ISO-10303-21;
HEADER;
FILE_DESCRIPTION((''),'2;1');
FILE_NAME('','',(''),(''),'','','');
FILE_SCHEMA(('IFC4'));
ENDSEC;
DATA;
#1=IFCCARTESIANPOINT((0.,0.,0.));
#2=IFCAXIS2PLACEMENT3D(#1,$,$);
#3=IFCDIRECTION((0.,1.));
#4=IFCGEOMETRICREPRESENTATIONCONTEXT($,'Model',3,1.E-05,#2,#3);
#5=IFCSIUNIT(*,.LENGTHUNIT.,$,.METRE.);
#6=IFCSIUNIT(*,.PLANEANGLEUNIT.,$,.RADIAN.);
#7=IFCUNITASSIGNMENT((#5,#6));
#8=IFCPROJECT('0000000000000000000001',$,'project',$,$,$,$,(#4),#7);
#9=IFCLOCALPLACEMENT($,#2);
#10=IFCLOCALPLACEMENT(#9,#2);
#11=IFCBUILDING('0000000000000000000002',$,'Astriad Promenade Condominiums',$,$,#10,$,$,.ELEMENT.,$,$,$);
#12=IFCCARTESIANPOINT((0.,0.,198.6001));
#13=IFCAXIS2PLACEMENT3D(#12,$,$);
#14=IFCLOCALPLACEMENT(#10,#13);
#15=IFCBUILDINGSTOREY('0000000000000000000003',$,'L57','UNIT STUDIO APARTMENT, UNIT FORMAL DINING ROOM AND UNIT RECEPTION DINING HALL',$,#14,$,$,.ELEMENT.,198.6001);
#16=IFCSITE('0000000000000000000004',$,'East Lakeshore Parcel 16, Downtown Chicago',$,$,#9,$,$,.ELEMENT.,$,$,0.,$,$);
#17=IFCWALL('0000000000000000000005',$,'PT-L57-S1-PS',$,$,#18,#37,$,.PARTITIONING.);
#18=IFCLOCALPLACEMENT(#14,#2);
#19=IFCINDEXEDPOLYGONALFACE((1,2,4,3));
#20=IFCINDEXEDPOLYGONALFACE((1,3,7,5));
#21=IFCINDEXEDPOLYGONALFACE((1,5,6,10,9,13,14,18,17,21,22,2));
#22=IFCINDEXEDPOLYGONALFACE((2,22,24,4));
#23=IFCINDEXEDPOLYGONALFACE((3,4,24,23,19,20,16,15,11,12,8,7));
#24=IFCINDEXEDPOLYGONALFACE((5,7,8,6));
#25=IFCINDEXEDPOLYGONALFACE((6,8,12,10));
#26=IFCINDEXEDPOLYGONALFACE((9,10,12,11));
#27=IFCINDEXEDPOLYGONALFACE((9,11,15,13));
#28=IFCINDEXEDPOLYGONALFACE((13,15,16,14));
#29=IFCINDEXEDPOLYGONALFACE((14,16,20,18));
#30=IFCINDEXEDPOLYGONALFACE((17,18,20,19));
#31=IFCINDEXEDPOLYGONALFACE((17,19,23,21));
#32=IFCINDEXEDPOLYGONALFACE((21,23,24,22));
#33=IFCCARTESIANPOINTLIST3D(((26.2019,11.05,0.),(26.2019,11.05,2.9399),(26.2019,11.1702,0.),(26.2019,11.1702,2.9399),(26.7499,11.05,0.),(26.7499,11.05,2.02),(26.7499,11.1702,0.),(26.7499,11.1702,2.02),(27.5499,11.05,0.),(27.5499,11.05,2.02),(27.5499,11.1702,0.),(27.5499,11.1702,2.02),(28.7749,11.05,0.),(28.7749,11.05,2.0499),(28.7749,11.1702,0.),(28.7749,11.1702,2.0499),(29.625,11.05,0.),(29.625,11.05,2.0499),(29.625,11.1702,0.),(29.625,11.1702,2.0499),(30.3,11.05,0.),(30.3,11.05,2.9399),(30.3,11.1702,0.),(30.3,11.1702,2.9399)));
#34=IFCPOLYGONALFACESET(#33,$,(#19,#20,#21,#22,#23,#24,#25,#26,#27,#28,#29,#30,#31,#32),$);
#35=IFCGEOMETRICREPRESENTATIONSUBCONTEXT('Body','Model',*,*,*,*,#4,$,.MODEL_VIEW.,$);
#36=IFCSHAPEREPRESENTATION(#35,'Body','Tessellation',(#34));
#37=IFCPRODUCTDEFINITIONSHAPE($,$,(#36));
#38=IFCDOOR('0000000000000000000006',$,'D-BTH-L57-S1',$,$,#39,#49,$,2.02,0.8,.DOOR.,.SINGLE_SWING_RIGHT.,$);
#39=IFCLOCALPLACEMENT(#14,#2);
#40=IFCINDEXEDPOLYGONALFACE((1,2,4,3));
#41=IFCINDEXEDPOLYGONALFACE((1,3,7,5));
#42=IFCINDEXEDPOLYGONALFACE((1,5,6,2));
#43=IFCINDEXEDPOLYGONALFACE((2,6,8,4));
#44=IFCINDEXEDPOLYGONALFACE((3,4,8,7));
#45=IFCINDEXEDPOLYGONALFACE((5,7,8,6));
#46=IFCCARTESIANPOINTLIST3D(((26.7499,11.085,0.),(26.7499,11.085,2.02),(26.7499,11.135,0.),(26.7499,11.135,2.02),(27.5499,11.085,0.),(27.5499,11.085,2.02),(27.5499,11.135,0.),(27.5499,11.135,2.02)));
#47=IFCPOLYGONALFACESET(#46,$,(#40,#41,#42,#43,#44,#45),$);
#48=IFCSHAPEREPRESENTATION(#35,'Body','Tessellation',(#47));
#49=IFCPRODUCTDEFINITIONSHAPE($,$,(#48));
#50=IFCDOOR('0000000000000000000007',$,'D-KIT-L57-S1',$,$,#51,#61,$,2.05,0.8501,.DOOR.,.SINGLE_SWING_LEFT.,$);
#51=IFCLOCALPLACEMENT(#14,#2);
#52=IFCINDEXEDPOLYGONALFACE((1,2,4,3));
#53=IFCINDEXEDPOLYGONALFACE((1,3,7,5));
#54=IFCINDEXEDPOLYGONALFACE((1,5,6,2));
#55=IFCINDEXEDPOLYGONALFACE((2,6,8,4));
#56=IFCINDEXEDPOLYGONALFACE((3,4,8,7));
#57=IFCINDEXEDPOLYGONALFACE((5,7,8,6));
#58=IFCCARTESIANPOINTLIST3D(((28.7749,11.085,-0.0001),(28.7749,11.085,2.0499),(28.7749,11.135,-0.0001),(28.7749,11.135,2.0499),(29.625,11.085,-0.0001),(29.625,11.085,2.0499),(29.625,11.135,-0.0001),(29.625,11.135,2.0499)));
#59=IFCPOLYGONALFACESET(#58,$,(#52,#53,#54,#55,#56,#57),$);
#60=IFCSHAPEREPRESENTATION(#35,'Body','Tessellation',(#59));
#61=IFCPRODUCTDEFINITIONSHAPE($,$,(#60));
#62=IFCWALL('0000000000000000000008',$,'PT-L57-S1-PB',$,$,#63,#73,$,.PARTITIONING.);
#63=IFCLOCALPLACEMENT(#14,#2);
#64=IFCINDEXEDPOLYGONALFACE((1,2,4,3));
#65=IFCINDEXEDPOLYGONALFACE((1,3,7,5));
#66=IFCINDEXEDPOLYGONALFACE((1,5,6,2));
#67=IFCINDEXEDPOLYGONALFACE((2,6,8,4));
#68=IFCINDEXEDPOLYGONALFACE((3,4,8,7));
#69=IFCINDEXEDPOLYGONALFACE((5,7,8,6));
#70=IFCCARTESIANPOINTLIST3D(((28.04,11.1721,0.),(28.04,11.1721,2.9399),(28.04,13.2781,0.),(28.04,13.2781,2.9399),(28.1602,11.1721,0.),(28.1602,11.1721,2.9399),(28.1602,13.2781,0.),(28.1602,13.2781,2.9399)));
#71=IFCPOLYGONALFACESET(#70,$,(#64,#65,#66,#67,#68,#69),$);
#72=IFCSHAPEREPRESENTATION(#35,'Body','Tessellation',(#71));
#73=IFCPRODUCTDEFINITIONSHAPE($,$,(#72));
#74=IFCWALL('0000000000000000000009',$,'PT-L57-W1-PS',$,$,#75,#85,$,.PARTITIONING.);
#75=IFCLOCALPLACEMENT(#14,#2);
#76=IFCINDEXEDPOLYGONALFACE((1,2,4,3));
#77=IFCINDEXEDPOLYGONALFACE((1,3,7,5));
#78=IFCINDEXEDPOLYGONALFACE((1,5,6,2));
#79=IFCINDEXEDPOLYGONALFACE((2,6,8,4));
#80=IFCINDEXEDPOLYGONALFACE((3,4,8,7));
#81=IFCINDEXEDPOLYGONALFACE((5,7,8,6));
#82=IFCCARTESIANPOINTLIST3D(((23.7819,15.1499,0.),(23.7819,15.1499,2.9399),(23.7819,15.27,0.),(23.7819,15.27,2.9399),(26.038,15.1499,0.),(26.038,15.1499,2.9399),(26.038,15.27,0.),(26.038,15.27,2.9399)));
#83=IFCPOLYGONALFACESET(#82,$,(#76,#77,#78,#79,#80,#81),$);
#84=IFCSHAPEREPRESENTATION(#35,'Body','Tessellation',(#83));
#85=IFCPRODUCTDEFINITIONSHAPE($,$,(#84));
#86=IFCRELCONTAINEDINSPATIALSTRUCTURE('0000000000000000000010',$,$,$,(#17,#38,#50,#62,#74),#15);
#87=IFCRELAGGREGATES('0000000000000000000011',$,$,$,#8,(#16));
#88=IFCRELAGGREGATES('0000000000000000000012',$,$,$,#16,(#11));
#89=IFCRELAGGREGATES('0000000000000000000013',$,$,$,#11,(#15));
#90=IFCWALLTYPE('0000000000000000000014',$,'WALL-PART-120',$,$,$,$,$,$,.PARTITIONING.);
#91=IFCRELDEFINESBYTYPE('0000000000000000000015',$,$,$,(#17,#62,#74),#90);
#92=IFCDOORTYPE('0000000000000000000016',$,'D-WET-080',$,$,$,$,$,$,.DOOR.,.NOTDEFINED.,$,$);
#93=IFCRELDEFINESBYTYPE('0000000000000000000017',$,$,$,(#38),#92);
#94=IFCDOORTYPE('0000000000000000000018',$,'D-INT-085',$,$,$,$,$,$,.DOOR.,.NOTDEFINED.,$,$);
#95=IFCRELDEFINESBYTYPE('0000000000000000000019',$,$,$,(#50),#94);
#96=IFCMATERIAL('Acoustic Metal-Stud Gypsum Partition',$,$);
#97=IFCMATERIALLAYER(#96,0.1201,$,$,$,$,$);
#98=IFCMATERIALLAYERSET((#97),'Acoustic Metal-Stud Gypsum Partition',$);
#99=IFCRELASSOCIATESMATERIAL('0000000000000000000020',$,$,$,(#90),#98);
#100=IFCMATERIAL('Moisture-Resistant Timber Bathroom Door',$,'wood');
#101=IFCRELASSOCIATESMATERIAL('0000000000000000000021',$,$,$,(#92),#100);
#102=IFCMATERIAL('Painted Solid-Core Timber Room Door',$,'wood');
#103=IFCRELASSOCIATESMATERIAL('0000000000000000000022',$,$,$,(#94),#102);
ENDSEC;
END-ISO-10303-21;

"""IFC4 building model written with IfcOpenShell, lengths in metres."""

from ifc_helpers import new_model, si_unit, direction, frame, frame_2d, origin, place, context, subcontext, project, spatial, rectangle, extrude, source, transform, mapped, material, layer, layer_set, type_object, type_shapes, element, fill, save


model = new_model("IFC4")

# Units and contexts
model_context = context("Model", 3, precision=1e-05, world=origin(), true_north=direction((0.0, 1.0)))
body_context = subcontext(model_context, "Body", "Model", "MODEL_VIEW")
ifc_project = project(units=[si_unit("LENGTHUNIT", "METRE"), si_unit("PLANEANGLEUNIT", "RADIAN")], contexts=[model_context])

# Site, building, storey
site_placement = place(None, origin())
site = spatial("IfcSite", under=ifc_project, at=site_placement, Name="East Lakeshore Parcel 16, Downtown Chicago", CompositionType="ELEMENT", RefElevation=0.0)
building_placement = place(site_placement, origin())
building = spatial("IfcBuilding", under=site, at=building_placement, Name="Astriad Promenade Condominiums", CompositionType="ELEMENT")
storey_placement = place(building_placement, frame((0.0, 0.0, 198.6001)))
storey = spatial("IfcBuildingStorey", under=building, at=storey_placement, Name="L57", Description="UNIT STUDIO APARTMENT, UNIT FORMAL DINING ROOM AND UNIT RECEPTION DINING HALL", CompositionType="ELEMENT", Elevation=198.6001)

# Wall, openings, doors
ifc_material_1 = material(Name="Acoustic Metal-Stud Gypsum Partition")
ifc_layer_1 = layer(ifc_material_1, 0.1201)
ifc_layer_set_1 = layer_set([ifc_layer_1], Name="Acoustic Metal-Stud Gypsum Partition")
wall_type_1 = type_object("IfcWallType", Name="WALL-PART-120", PredefinedType="PARTITIONING", material=ifc_layer_set_1)
wall_1_placement = place(storey_placement, frame((26.2019, 11.1101, 0.0), z_axis=(0.0, 0.0, 1.0), x_axis=(1.0, 0.0, 0.0)))
wall_1 = element("IfcWall", 1, at=wall_1_placement, inside=storey, type_object=wall_type_1, Name="PT-L57-S1-PS", PredefinedType="PARTITIONING", context=body_context, shape_type="SweptSolid", body=[
    extrude(rectangle(XDim=4.0981, YDim=0.1201, at=frame_2d((2.0491, 0.0))), origin(), (0.0, 0.0, 1.0), 2.9399),
])
opening_1_placement = place(wall_1_placement, frame((0.5481, 0.0, 0.0)))
opening_1 = element("IfcOpeningElement", 2, at=opening_1_placement, cuts=wall_1, PredefinedType="OPENING", context=body_context, shape_type="SweptSolid", body=[
    extrude(rectangle(XDim=0.8, YDim=2.02, at=frame_2d((0.3999, 1.01))), frame((0.0, 0.0701, 0.0), z_axis=(0.0, -1.0, 0.0), x_axis=(1.0, 0.0, 0.0)), (0.0, 0.0, 1.0), 0.1401),
])
opening_2_placement = place(wall_1_placement, frame((2.573, 0.0, 0.0)))
opening_2 = element("IfcOpeningElement", 3, at=opening_2_placement, cuts=wall_1, PredefinedType="OPENING", context=body_context, shape_type="SweptSolid", body=[
    extrude(rectangle(XDim=0.8501, YDim=2.05, at=frame_2d((0.425, 1.0249))), frame((0.0, 0.0701, 0.0), z_axis=(0.0, -1.0, 0.0), x_axis=(1.0, 0.0, 0.0)), (0.0, 0.0, 1.0), 0.1401),
])
ifc_material_2 = material(Name="Moisture-Resistant Timber Bathroom Door", Category="wood")
door_type_1 = type_object("IfcDoorType", Name="D-WET-080", OperationType="NOTDEFINED", PredefinedType="DOOR", material=ifc_material_2)
shared_shape_1 = source(origin(), body_context, "Body", "SweptSolid", [
    extrude(rectangle(XDim=0.8, YDim=2.02, at=frame_2d((0.3999, 1.01))), frame((0.0, 0.0249, 0.0), z_axis=(0.0, -1.0, 0.0), x_axis=(1.0, 0.0, 0.0)), (0.0, 0.0, 1.0), 0.05),
])
type_shapes(door_type_1, [shared_shape_1])
door_1_placement = place(opening_1_placement, origin())
door_1 = element("IfcDoor", 4, at=door_1_placement, inside=storey, type_object=door_type_1, Name="D-BTH-L57-S1", OperationType="SINGLE_SWING_RIGHT", OverallHeight=2.02, OverallWidth=0.8, PredefinedType="DOOR", context=body_context, shape_type="MappedRepresentation", body=[
    mapped(shared_shape_1, transform((0.0, 0.0, 0.0), scale=1.0)),
])
fill(opening_1, door_1)
ifc_material_3 = material(Name="Painted Solid-Core Timber Room Door", Category="wood")
door_type_2 = type_object("IfcDoorType", Name="D-INT-085", OperationType="NOTDEFINED", PredefinedType="DOOR", material=ifc_material_3)
shared_shape_2 = source(origin(), body_context, "Body", "SweptSolid", [
    extrude(rectangle(XDim=0.8501, YDim=2.05, at=frame_2d((0.425, 1.0249))), frame((0.0, 0.0249, 0.0), z_axis=(0.0, -1.0, 0.0), x_axis=(1.0, 0.0, 0.0)), (0.0, 0.0, 1.0), 0.05),
])
type_shapes(door_type_2, [shared_shape_2])
door_2_placement = place(opening_2_placement, origin())
door_2 = element("IfcDoor", 5, at=door_2_placement, inside=storey, type_object=door_type_2, Name="D-KIT-L57-S1", OperationType="SINGLE_SWING_LEFT", OverallHeight=2.05, OverallWidth=0.8501, PredefinedType="DOOR", context=body_context, shape_type="MappedRepresentation", body=[
    mapped(shared_shape_2, transform((0.0, 0.0, 0.0), scale=1.0)),
])
fill(opening_2, door_2)

# Walls
wall_2_placement = place(storey_placement, frame((28.1001, 11.1721, 0.0), z_axis=(0.0, 0.0, 1.0), x_axis=(0.0, 1.0, 0.0)))
element("IfcWall", 6, at=wall_2_placement, inside=storey, type_object=wall_type_1, Name="PT-L57-S1-PB", PredefinedType="PARTITIONING", context=body_context, shape_type="SweptSolid", body=[
    extrude(rectangle(XDim=2.106, YDim=0.1201, at=frame_2d((1.053, 0.0))), origin(), (0.0, 0.0, 1.0), 2.9399),
])
wall_3_placement = place(storey_placement, frame((23.782, 15.21, 0.0), z_axis=(0.0, 0.0, 1.0), x_axis=(1.0, 0.0, 0.0)))
element("IfcWall", 7, at=wall_3_placement, inside=storey, type_object=wall_type_1, Name="PT-L57-W1-PS", PredefinedType="PARTITIONING", context=body_context, shape_type="SweptSolid", body=[
    extrude(rectangle(XDim=2.2561, YDim=0.1201, at=frame_2d((1.1279, 0.0))), origin(), (0.0, 0.0, 1.0), 2.9399),
])

save(model, "model.ifc")
